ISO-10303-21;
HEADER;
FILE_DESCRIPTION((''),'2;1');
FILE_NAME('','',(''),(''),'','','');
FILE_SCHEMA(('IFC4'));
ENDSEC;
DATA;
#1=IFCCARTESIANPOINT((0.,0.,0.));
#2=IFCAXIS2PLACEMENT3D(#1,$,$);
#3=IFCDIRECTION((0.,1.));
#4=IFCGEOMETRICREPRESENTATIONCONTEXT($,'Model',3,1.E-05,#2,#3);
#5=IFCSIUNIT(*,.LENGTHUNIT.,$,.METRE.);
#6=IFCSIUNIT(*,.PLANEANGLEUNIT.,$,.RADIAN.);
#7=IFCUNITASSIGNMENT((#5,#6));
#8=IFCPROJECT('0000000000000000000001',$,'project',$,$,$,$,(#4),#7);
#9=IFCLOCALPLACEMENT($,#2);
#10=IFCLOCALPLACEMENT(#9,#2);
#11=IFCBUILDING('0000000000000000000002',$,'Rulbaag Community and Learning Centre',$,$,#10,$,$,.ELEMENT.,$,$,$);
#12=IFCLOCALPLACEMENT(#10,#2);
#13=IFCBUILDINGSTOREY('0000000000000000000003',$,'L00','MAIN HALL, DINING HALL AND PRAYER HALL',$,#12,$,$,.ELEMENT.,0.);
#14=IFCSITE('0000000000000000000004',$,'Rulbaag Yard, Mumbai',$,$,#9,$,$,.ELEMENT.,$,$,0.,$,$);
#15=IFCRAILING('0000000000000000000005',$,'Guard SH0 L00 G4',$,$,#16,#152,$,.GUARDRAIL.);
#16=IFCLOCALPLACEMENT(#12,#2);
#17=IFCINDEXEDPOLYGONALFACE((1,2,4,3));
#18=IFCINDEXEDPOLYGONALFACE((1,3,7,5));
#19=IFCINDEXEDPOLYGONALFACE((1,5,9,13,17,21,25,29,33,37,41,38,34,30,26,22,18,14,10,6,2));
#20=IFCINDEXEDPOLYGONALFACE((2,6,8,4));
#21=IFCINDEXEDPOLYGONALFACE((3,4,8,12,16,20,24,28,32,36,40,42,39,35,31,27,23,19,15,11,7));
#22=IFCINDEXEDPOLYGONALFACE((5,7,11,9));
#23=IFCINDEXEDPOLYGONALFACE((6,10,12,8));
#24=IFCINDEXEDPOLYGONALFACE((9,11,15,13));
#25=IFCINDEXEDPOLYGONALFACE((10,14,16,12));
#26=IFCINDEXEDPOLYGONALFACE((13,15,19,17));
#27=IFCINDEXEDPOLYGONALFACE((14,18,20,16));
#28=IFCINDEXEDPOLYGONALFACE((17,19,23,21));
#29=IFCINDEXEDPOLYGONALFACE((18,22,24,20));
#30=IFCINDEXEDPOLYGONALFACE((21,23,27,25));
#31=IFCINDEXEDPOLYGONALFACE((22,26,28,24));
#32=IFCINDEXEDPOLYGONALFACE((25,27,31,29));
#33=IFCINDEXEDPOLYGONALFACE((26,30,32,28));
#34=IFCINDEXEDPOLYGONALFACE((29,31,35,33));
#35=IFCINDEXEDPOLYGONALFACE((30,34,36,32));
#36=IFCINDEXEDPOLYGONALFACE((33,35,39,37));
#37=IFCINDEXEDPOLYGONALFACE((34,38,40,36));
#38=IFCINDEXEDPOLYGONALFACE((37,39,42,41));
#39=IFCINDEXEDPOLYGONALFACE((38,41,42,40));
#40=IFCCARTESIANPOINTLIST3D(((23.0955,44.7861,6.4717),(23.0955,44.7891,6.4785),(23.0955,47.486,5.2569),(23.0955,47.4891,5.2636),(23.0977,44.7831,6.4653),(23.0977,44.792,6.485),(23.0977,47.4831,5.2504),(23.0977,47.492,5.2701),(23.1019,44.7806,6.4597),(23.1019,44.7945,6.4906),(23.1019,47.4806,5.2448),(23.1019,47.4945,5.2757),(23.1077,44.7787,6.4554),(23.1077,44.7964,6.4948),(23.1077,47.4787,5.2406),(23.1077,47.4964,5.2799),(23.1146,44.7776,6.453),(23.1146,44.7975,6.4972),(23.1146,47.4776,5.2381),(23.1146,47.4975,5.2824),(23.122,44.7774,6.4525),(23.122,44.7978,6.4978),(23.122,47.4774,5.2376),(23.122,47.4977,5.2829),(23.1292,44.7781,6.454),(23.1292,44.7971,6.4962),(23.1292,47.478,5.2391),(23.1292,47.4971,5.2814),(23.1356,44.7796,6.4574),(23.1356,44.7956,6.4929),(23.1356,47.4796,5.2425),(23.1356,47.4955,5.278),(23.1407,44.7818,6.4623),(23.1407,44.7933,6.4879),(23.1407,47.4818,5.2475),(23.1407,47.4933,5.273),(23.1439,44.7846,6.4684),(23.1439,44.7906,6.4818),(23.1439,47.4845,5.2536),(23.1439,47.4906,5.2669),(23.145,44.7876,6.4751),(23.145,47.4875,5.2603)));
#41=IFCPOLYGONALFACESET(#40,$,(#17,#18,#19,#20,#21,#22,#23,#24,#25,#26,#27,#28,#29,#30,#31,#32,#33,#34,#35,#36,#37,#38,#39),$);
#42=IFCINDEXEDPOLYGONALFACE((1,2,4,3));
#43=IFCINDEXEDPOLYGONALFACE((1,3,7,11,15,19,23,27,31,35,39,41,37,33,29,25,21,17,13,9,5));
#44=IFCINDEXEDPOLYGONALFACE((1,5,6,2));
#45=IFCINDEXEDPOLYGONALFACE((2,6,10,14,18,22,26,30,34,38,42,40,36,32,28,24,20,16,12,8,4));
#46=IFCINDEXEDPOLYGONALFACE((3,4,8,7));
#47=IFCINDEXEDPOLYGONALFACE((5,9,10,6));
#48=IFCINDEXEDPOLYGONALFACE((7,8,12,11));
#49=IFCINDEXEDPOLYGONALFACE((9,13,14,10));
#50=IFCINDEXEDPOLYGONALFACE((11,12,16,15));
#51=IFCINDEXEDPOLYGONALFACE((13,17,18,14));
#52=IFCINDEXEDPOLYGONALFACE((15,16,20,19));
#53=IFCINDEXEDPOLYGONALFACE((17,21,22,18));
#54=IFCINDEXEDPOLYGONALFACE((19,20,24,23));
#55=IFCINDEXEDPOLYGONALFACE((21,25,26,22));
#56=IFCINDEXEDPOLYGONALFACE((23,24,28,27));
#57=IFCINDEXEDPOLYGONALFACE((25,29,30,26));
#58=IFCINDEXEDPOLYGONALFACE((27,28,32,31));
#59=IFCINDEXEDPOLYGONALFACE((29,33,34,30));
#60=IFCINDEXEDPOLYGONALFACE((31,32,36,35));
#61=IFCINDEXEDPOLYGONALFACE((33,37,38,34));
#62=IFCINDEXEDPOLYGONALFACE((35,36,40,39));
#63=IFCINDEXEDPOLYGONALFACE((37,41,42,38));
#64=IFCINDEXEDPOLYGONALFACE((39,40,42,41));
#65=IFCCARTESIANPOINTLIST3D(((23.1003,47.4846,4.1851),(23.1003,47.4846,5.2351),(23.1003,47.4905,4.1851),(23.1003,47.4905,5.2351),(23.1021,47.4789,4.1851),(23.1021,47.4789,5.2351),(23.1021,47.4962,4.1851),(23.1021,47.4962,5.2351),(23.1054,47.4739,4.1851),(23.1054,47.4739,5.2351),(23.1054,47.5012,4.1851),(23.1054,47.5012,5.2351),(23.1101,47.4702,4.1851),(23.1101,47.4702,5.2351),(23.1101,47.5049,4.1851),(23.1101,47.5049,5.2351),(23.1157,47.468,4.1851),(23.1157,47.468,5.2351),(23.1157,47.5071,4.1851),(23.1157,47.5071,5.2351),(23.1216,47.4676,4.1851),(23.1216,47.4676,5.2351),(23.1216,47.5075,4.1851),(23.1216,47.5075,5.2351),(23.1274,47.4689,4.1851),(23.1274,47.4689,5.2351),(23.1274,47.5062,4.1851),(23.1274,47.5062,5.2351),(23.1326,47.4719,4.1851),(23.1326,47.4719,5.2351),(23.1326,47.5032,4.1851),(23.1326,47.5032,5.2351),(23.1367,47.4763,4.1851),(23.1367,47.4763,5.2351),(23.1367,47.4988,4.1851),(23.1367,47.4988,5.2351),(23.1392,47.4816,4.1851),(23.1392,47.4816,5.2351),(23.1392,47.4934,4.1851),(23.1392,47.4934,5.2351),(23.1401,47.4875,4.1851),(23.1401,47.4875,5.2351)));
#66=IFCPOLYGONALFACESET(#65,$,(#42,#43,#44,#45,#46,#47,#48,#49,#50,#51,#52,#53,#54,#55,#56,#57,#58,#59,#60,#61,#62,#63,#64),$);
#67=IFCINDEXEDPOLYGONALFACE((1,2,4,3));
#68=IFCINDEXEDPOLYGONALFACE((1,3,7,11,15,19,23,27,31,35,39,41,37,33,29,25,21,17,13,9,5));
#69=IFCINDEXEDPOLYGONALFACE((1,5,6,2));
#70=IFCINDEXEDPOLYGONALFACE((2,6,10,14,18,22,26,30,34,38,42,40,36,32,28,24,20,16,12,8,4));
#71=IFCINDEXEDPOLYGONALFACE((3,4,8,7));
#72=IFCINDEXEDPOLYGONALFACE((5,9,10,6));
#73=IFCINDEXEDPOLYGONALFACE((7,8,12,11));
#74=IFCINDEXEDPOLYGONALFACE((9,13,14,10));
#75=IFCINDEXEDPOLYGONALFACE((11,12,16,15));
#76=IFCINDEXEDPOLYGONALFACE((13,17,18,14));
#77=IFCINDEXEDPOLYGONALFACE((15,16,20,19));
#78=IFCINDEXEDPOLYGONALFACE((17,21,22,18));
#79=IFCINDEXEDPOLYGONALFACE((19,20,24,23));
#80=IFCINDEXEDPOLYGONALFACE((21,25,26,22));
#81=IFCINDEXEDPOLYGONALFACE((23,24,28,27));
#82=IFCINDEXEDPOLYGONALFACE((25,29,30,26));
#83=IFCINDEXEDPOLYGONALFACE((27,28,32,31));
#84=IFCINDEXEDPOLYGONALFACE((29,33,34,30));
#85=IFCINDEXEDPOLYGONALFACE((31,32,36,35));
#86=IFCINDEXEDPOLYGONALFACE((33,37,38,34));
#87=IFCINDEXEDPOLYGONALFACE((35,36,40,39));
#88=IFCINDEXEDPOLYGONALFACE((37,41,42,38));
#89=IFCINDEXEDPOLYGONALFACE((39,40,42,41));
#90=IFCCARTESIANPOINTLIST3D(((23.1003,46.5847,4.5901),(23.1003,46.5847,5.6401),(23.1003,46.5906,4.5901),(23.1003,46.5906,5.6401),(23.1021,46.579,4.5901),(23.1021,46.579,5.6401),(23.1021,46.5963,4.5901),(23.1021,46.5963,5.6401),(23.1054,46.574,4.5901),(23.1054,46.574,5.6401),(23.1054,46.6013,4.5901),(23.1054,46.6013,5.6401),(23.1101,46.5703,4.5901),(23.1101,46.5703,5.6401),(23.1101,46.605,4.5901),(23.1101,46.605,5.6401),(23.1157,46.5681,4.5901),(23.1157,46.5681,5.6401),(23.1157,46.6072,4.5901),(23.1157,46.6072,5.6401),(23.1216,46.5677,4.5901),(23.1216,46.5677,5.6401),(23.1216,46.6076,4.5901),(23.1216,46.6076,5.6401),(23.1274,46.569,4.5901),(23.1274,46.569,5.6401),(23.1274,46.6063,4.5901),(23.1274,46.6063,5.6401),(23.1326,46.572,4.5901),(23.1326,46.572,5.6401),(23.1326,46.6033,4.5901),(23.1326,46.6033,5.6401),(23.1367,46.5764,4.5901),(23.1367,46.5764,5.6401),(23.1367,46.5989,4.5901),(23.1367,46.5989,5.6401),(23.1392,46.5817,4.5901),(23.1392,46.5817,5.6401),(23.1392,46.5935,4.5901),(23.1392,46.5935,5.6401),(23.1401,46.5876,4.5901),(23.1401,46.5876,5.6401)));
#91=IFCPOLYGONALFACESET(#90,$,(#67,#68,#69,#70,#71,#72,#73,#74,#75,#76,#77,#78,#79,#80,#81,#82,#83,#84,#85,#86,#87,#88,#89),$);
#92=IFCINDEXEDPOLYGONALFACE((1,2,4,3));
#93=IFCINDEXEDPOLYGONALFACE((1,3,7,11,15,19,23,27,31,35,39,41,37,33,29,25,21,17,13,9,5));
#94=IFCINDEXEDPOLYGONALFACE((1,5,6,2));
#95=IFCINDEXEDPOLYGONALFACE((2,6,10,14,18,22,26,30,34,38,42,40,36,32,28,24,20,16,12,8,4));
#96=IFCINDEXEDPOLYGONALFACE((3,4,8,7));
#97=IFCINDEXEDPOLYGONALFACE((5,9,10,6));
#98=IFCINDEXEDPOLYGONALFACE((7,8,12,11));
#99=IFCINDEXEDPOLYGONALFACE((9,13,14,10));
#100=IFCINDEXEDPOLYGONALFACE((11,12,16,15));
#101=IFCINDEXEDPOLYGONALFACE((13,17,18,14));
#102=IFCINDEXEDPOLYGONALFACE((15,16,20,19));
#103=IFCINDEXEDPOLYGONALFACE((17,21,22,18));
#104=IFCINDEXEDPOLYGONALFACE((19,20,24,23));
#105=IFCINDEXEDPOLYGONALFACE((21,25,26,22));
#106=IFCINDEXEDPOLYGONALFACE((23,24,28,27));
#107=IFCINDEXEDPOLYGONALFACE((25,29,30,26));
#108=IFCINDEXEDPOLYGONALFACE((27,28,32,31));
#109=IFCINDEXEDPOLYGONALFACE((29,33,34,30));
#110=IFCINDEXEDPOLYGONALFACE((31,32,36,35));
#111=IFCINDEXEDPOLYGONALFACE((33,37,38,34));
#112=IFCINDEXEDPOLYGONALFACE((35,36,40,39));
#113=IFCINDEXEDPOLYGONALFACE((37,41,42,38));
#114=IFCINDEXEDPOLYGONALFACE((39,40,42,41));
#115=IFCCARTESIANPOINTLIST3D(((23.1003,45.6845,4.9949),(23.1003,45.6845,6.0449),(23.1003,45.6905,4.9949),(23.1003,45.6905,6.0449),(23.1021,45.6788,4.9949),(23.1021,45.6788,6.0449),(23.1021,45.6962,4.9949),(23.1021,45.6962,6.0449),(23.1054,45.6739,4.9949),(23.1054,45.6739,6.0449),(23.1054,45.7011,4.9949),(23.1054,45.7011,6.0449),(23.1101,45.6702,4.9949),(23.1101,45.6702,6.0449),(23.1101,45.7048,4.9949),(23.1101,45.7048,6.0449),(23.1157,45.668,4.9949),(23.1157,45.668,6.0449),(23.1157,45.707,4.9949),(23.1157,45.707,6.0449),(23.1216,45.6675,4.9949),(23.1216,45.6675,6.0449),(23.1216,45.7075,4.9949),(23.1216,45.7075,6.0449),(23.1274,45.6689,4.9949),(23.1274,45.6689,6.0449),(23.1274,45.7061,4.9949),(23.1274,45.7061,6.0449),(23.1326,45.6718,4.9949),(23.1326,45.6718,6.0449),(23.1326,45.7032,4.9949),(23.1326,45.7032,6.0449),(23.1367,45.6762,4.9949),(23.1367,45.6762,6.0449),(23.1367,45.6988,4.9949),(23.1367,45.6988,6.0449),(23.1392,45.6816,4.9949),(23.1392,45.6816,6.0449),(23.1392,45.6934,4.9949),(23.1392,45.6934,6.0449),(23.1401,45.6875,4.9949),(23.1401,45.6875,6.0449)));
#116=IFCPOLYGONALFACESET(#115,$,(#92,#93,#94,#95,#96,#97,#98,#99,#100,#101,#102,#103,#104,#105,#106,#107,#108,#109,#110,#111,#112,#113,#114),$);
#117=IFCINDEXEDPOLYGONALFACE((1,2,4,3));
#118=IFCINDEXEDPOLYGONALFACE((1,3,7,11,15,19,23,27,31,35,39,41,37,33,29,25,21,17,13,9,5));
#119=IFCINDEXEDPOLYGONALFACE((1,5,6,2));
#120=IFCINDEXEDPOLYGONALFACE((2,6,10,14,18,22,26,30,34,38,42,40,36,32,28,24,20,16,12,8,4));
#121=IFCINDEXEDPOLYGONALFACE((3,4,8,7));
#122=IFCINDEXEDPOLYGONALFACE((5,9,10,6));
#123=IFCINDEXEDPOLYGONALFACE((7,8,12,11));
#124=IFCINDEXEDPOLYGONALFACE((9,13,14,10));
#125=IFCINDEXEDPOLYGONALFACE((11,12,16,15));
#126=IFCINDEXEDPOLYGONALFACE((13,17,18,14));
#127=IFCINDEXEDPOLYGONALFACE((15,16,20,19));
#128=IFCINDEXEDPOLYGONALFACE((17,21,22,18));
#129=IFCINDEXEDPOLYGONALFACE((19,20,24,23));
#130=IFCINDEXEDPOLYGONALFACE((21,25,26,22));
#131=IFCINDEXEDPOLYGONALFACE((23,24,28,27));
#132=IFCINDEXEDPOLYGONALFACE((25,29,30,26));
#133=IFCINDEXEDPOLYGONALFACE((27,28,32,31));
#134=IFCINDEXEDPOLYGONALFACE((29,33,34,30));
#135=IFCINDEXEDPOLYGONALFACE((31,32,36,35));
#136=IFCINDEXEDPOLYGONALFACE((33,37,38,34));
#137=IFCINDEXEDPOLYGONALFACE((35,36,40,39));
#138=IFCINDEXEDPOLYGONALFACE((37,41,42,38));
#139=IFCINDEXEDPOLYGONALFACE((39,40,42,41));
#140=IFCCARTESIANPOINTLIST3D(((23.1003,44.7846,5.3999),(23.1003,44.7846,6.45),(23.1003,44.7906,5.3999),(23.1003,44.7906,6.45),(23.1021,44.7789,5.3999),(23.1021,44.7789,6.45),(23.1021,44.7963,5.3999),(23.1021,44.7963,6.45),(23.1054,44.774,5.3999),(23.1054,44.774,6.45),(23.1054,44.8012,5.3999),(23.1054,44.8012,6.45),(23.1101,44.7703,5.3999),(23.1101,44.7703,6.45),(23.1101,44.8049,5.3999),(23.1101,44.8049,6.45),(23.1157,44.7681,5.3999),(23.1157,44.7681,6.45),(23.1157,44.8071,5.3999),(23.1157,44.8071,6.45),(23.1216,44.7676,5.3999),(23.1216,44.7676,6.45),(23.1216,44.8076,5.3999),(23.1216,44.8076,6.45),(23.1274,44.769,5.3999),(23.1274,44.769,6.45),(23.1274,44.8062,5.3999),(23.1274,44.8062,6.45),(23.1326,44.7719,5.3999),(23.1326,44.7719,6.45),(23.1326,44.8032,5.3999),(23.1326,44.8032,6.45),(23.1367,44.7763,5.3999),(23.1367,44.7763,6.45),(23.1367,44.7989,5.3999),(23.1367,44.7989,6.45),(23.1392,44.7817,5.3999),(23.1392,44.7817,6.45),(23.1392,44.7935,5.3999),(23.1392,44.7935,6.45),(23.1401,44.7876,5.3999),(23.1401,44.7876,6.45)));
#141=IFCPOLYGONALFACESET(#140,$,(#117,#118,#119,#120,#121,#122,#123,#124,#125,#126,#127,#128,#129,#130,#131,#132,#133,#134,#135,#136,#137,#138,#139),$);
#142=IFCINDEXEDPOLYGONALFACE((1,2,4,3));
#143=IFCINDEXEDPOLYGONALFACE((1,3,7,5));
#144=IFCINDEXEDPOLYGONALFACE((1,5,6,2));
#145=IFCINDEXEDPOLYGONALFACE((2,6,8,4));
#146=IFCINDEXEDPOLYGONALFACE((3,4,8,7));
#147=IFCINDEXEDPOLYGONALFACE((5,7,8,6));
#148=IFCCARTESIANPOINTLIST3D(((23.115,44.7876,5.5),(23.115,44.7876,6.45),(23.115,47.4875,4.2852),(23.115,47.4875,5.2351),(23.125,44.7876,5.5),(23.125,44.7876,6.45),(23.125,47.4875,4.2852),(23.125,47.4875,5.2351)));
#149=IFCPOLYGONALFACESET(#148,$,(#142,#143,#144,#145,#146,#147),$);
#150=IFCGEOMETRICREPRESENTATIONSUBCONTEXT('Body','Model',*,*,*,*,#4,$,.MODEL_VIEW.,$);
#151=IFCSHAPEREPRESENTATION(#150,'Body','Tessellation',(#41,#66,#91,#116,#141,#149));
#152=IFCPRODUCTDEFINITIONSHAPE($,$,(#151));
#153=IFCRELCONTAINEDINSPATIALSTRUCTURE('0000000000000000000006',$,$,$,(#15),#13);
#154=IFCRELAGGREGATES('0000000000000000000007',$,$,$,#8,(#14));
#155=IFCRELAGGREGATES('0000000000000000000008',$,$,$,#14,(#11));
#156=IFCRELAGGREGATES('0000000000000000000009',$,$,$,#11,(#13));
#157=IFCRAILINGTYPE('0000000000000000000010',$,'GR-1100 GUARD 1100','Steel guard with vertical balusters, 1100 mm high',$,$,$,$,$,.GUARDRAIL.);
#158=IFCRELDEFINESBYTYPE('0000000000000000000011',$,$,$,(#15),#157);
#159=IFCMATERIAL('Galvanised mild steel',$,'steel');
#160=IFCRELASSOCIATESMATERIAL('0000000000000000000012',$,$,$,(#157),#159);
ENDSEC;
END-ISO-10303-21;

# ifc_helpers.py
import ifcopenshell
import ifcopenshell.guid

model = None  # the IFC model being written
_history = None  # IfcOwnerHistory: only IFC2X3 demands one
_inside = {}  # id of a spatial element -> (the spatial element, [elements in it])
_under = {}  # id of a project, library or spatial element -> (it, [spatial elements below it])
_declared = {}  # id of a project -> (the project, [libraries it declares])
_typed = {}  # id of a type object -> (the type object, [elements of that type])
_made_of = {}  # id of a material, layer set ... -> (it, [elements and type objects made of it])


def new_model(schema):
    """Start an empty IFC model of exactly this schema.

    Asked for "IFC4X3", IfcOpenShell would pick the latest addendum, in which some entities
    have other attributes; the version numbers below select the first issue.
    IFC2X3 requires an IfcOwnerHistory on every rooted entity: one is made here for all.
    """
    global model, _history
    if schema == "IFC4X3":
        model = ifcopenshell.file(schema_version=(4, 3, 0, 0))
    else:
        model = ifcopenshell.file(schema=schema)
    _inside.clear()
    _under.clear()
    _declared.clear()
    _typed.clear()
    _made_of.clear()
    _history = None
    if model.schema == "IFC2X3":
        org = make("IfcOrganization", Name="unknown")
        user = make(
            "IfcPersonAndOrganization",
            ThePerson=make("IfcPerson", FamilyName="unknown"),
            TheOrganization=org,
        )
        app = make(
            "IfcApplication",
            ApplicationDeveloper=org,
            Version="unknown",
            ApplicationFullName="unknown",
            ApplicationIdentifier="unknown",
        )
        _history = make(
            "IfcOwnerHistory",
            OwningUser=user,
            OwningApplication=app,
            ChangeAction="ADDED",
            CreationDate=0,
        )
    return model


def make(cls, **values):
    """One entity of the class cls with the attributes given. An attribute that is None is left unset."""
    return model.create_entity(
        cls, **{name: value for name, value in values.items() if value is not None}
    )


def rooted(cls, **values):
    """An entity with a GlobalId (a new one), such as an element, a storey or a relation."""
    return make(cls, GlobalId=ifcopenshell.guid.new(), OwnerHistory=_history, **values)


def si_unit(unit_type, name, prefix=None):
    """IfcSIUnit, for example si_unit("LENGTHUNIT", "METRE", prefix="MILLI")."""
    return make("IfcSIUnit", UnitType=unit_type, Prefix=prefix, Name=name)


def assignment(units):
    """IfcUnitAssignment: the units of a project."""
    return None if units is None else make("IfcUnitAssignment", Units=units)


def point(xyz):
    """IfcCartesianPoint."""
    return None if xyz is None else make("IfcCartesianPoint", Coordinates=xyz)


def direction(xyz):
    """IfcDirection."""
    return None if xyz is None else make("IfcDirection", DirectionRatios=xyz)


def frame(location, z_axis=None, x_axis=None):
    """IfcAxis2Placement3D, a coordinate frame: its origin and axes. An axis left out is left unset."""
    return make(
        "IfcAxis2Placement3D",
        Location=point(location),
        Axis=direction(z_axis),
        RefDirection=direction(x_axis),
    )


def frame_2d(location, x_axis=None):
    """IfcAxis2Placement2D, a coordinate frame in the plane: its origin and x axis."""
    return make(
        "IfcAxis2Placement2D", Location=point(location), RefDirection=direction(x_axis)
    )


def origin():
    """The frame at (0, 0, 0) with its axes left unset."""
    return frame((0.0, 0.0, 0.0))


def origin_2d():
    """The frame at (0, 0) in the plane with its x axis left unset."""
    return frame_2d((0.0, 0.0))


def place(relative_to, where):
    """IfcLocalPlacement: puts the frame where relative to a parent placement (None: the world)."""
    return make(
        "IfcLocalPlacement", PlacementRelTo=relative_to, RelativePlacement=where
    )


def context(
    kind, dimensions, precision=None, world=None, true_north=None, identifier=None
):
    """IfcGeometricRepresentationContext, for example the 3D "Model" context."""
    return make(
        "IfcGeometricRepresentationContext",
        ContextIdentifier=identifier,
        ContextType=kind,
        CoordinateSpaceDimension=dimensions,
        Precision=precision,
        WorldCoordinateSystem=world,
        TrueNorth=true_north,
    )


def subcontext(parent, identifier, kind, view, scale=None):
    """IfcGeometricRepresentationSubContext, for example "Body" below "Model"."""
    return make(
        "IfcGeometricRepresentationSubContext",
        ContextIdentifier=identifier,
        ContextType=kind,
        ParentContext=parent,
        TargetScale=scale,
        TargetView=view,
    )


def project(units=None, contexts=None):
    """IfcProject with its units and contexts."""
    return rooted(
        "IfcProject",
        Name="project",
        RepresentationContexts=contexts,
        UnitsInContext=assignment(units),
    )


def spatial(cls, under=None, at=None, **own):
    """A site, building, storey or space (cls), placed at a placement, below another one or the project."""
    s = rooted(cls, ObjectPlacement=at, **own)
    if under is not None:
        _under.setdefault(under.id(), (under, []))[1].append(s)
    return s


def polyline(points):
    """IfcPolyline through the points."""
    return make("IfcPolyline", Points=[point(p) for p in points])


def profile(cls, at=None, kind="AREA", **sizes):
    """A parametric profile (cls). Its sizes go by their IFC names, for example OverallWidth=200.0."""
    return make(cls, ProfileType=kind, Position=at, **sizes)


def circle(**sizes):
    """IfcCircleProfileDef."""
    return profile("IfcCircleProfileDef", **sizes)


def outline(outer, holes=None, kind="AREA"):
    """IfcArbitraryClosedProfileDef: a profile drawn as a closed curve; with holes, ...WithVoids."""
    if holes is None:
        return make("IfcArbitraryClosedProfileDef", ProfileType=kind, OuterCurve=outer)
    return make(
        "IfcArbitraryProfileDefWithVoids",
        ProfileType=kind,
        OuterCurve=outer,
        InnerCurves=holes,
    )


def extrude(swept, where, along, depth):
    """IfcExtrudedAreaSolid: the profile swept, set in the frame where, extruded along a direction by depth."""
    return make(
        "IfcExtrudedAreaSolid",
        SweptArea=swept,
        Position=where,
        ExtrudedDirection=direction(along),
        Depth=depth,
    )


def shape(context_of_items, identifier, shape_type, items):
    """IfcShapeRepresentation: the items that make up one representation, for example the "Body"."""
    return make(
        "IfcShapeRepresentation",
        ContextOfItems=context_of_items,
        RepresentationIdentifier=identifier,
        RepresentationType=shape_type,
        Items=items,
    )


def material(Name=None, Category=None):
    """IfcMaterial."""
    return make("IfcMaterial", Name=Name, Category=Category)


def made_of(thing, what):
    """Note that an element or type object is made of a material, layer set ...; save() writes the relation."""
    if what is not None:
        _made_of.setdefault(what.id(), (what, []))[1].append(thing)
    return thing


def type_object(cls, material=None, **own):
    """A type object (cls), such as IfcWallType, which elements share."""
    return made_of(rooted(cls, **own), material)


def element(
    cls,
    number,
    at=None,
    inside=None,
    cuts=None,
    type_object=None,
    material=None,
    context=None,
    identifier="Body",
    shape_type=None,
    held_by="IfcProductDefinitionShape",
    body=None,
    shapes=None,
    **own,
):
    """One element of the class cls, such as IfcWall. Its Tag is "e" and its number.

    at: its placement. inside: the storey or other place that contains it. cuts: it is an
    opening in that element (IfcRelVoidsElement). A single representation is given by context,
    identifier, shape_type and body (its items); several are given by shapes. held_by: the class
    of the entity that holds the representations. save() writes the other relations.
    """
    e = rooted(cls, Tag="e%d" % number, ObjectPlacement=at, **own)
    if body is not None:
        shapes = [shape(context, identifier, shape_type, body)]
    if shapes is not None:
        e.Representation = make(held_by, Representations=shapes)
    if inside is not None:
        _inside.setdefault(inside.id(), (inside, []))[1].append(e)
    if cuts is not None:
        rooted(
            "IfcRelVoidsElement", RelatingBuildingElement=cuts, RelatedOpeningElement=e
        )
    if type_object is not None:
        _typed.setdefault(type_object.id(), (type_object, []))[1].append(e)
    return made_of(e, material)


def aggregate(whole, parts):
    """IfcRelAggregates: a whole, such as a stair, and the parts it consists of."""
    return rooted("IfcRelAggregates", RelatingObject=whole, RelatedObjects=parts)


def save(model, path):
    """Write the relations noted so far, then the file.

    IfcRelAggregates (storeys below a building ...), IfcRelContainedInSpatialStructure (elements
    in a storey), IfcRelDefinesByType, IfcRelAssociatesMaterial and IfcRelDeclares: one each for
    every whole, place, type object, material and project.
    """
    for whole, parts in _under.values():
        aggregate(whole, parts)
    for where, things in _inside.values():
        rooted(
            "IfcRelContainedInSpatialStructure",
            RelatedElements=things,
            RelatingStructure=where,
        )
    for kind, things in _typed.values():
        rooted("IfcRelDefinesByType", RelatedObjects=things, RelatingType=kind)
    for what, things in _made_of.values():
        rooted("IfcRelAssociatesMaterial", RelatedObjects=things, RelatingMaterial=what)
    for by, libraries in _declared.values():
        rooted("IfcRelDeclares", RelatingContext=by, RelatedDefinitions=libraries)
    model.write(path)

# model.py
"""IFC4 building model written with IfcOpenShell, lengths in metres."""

from ifc_helpers import new_model, si_unit, direction, frame, origin, origin_2d, place, context, subcontext, project, spatial, polyline, circle, outline, extrude, material, type_object, element, save


model = new_model("IFC4")

# Units and contexts
model_context = context("Model", 3, precision=1e-05, world=origin(), true_north=direction((0.0, 1.0)))
body_context = subcontext(model_context, "Body", "Model", "MODEL_VIEW")
ifc_project = project(units=[si_unit("LENGTHUNIT", "METRE"), si_unit("PLANEANGLEUNIT", "RADIAN")], contexts=[model_context])

# Site, building, storey
site_placement = place(None, origin())
site = spatial("IfcSite", under=ifc_project, at=site_placement, Name="Rulbaag Yard, Mumbai", CompositionType="ELEMENT", RefElevation=0.0)
building_placement = place(site_placement, origin())
building = spatial("IfcBuilding", under=site, at=building_placement, Name="Rulbaag Community and Learning Centre", CompositionType="ELEMENT")
storey_placement = place(building_placement, origin())
storey = spatial("IfcBuildingStorey", under=building, at=storey_placement, Name="L00", Description="MAIN HALL, DINING HALL AND PRAYER HALL", CompositionType="ELEMENT", Elevation=0.0)

# Railing
ifc_material_1 = material(Name="Galvanised mild steel", Category="steel")
railing_type_1 = type_object("IfcRailingType", Name="GR-1100 GUARD 1100", Description="Steel guard with vertical balusters, 1100 mm high", PredefinedType="GUARDRAIL", material=ifc_material_1)
railing_1_placement = place(storey_placement, frame((23.1201, 47.4875, 4.1851)))
element("IfcRailing", 1, at=railing_1_placement, inside=storey, type_object=railing_type_1, Name="Guard SH0 L00 G4", PredefinedType="GUARDRAIL", context=body_context, shape_type="SweptSolid", body=[
    extrude(circle(Radius=0.0249, at=origin_2d()), frame((0.0, 0.0, 1.0752), z_axis=(0.0, -0.911938, 0.410327), x_axis=(1.0, 0.0, 0.0)), (0.0, 0.0, 1.0), 2.9607),
    extrude(circle(Radius=0.02, at=origin_2d()), origin(), (0.0, 0.0, 1.0), 1.05),
    extrude(circle(Radius=0.02, at=origin_2d()), frame((0.0, -0.8999, 0.405)), (0.0, 0.0, 1.0), 1.05),
    extrude(circle(Radius=0.02, at=origin_2d()), frame((0.0, -1.8, 0.8098)), (0.0, 0.0, 1.0), 1.05),
    extrude(circle(Radius=0.02, at=origin_2d()), frame((0.0, -2.7, 1.2148)), (0.0, 0.0, 1.0), 1.05),
    extrude(outline(polyline([(0.0, 0.0), (2.7, 1.2148), (2.7, 2.1648), (0.0, 0.95), (0.0, 0.0)])), frame((0.0049, 0.0, 0.1001), z_axis=(-1.0, 0.0, 0.0), x_axis=(0.0, -1.0, 0.0)), (0.0, 0.0, 1.0), 0.01),
])

save(model, "model.ifc")
